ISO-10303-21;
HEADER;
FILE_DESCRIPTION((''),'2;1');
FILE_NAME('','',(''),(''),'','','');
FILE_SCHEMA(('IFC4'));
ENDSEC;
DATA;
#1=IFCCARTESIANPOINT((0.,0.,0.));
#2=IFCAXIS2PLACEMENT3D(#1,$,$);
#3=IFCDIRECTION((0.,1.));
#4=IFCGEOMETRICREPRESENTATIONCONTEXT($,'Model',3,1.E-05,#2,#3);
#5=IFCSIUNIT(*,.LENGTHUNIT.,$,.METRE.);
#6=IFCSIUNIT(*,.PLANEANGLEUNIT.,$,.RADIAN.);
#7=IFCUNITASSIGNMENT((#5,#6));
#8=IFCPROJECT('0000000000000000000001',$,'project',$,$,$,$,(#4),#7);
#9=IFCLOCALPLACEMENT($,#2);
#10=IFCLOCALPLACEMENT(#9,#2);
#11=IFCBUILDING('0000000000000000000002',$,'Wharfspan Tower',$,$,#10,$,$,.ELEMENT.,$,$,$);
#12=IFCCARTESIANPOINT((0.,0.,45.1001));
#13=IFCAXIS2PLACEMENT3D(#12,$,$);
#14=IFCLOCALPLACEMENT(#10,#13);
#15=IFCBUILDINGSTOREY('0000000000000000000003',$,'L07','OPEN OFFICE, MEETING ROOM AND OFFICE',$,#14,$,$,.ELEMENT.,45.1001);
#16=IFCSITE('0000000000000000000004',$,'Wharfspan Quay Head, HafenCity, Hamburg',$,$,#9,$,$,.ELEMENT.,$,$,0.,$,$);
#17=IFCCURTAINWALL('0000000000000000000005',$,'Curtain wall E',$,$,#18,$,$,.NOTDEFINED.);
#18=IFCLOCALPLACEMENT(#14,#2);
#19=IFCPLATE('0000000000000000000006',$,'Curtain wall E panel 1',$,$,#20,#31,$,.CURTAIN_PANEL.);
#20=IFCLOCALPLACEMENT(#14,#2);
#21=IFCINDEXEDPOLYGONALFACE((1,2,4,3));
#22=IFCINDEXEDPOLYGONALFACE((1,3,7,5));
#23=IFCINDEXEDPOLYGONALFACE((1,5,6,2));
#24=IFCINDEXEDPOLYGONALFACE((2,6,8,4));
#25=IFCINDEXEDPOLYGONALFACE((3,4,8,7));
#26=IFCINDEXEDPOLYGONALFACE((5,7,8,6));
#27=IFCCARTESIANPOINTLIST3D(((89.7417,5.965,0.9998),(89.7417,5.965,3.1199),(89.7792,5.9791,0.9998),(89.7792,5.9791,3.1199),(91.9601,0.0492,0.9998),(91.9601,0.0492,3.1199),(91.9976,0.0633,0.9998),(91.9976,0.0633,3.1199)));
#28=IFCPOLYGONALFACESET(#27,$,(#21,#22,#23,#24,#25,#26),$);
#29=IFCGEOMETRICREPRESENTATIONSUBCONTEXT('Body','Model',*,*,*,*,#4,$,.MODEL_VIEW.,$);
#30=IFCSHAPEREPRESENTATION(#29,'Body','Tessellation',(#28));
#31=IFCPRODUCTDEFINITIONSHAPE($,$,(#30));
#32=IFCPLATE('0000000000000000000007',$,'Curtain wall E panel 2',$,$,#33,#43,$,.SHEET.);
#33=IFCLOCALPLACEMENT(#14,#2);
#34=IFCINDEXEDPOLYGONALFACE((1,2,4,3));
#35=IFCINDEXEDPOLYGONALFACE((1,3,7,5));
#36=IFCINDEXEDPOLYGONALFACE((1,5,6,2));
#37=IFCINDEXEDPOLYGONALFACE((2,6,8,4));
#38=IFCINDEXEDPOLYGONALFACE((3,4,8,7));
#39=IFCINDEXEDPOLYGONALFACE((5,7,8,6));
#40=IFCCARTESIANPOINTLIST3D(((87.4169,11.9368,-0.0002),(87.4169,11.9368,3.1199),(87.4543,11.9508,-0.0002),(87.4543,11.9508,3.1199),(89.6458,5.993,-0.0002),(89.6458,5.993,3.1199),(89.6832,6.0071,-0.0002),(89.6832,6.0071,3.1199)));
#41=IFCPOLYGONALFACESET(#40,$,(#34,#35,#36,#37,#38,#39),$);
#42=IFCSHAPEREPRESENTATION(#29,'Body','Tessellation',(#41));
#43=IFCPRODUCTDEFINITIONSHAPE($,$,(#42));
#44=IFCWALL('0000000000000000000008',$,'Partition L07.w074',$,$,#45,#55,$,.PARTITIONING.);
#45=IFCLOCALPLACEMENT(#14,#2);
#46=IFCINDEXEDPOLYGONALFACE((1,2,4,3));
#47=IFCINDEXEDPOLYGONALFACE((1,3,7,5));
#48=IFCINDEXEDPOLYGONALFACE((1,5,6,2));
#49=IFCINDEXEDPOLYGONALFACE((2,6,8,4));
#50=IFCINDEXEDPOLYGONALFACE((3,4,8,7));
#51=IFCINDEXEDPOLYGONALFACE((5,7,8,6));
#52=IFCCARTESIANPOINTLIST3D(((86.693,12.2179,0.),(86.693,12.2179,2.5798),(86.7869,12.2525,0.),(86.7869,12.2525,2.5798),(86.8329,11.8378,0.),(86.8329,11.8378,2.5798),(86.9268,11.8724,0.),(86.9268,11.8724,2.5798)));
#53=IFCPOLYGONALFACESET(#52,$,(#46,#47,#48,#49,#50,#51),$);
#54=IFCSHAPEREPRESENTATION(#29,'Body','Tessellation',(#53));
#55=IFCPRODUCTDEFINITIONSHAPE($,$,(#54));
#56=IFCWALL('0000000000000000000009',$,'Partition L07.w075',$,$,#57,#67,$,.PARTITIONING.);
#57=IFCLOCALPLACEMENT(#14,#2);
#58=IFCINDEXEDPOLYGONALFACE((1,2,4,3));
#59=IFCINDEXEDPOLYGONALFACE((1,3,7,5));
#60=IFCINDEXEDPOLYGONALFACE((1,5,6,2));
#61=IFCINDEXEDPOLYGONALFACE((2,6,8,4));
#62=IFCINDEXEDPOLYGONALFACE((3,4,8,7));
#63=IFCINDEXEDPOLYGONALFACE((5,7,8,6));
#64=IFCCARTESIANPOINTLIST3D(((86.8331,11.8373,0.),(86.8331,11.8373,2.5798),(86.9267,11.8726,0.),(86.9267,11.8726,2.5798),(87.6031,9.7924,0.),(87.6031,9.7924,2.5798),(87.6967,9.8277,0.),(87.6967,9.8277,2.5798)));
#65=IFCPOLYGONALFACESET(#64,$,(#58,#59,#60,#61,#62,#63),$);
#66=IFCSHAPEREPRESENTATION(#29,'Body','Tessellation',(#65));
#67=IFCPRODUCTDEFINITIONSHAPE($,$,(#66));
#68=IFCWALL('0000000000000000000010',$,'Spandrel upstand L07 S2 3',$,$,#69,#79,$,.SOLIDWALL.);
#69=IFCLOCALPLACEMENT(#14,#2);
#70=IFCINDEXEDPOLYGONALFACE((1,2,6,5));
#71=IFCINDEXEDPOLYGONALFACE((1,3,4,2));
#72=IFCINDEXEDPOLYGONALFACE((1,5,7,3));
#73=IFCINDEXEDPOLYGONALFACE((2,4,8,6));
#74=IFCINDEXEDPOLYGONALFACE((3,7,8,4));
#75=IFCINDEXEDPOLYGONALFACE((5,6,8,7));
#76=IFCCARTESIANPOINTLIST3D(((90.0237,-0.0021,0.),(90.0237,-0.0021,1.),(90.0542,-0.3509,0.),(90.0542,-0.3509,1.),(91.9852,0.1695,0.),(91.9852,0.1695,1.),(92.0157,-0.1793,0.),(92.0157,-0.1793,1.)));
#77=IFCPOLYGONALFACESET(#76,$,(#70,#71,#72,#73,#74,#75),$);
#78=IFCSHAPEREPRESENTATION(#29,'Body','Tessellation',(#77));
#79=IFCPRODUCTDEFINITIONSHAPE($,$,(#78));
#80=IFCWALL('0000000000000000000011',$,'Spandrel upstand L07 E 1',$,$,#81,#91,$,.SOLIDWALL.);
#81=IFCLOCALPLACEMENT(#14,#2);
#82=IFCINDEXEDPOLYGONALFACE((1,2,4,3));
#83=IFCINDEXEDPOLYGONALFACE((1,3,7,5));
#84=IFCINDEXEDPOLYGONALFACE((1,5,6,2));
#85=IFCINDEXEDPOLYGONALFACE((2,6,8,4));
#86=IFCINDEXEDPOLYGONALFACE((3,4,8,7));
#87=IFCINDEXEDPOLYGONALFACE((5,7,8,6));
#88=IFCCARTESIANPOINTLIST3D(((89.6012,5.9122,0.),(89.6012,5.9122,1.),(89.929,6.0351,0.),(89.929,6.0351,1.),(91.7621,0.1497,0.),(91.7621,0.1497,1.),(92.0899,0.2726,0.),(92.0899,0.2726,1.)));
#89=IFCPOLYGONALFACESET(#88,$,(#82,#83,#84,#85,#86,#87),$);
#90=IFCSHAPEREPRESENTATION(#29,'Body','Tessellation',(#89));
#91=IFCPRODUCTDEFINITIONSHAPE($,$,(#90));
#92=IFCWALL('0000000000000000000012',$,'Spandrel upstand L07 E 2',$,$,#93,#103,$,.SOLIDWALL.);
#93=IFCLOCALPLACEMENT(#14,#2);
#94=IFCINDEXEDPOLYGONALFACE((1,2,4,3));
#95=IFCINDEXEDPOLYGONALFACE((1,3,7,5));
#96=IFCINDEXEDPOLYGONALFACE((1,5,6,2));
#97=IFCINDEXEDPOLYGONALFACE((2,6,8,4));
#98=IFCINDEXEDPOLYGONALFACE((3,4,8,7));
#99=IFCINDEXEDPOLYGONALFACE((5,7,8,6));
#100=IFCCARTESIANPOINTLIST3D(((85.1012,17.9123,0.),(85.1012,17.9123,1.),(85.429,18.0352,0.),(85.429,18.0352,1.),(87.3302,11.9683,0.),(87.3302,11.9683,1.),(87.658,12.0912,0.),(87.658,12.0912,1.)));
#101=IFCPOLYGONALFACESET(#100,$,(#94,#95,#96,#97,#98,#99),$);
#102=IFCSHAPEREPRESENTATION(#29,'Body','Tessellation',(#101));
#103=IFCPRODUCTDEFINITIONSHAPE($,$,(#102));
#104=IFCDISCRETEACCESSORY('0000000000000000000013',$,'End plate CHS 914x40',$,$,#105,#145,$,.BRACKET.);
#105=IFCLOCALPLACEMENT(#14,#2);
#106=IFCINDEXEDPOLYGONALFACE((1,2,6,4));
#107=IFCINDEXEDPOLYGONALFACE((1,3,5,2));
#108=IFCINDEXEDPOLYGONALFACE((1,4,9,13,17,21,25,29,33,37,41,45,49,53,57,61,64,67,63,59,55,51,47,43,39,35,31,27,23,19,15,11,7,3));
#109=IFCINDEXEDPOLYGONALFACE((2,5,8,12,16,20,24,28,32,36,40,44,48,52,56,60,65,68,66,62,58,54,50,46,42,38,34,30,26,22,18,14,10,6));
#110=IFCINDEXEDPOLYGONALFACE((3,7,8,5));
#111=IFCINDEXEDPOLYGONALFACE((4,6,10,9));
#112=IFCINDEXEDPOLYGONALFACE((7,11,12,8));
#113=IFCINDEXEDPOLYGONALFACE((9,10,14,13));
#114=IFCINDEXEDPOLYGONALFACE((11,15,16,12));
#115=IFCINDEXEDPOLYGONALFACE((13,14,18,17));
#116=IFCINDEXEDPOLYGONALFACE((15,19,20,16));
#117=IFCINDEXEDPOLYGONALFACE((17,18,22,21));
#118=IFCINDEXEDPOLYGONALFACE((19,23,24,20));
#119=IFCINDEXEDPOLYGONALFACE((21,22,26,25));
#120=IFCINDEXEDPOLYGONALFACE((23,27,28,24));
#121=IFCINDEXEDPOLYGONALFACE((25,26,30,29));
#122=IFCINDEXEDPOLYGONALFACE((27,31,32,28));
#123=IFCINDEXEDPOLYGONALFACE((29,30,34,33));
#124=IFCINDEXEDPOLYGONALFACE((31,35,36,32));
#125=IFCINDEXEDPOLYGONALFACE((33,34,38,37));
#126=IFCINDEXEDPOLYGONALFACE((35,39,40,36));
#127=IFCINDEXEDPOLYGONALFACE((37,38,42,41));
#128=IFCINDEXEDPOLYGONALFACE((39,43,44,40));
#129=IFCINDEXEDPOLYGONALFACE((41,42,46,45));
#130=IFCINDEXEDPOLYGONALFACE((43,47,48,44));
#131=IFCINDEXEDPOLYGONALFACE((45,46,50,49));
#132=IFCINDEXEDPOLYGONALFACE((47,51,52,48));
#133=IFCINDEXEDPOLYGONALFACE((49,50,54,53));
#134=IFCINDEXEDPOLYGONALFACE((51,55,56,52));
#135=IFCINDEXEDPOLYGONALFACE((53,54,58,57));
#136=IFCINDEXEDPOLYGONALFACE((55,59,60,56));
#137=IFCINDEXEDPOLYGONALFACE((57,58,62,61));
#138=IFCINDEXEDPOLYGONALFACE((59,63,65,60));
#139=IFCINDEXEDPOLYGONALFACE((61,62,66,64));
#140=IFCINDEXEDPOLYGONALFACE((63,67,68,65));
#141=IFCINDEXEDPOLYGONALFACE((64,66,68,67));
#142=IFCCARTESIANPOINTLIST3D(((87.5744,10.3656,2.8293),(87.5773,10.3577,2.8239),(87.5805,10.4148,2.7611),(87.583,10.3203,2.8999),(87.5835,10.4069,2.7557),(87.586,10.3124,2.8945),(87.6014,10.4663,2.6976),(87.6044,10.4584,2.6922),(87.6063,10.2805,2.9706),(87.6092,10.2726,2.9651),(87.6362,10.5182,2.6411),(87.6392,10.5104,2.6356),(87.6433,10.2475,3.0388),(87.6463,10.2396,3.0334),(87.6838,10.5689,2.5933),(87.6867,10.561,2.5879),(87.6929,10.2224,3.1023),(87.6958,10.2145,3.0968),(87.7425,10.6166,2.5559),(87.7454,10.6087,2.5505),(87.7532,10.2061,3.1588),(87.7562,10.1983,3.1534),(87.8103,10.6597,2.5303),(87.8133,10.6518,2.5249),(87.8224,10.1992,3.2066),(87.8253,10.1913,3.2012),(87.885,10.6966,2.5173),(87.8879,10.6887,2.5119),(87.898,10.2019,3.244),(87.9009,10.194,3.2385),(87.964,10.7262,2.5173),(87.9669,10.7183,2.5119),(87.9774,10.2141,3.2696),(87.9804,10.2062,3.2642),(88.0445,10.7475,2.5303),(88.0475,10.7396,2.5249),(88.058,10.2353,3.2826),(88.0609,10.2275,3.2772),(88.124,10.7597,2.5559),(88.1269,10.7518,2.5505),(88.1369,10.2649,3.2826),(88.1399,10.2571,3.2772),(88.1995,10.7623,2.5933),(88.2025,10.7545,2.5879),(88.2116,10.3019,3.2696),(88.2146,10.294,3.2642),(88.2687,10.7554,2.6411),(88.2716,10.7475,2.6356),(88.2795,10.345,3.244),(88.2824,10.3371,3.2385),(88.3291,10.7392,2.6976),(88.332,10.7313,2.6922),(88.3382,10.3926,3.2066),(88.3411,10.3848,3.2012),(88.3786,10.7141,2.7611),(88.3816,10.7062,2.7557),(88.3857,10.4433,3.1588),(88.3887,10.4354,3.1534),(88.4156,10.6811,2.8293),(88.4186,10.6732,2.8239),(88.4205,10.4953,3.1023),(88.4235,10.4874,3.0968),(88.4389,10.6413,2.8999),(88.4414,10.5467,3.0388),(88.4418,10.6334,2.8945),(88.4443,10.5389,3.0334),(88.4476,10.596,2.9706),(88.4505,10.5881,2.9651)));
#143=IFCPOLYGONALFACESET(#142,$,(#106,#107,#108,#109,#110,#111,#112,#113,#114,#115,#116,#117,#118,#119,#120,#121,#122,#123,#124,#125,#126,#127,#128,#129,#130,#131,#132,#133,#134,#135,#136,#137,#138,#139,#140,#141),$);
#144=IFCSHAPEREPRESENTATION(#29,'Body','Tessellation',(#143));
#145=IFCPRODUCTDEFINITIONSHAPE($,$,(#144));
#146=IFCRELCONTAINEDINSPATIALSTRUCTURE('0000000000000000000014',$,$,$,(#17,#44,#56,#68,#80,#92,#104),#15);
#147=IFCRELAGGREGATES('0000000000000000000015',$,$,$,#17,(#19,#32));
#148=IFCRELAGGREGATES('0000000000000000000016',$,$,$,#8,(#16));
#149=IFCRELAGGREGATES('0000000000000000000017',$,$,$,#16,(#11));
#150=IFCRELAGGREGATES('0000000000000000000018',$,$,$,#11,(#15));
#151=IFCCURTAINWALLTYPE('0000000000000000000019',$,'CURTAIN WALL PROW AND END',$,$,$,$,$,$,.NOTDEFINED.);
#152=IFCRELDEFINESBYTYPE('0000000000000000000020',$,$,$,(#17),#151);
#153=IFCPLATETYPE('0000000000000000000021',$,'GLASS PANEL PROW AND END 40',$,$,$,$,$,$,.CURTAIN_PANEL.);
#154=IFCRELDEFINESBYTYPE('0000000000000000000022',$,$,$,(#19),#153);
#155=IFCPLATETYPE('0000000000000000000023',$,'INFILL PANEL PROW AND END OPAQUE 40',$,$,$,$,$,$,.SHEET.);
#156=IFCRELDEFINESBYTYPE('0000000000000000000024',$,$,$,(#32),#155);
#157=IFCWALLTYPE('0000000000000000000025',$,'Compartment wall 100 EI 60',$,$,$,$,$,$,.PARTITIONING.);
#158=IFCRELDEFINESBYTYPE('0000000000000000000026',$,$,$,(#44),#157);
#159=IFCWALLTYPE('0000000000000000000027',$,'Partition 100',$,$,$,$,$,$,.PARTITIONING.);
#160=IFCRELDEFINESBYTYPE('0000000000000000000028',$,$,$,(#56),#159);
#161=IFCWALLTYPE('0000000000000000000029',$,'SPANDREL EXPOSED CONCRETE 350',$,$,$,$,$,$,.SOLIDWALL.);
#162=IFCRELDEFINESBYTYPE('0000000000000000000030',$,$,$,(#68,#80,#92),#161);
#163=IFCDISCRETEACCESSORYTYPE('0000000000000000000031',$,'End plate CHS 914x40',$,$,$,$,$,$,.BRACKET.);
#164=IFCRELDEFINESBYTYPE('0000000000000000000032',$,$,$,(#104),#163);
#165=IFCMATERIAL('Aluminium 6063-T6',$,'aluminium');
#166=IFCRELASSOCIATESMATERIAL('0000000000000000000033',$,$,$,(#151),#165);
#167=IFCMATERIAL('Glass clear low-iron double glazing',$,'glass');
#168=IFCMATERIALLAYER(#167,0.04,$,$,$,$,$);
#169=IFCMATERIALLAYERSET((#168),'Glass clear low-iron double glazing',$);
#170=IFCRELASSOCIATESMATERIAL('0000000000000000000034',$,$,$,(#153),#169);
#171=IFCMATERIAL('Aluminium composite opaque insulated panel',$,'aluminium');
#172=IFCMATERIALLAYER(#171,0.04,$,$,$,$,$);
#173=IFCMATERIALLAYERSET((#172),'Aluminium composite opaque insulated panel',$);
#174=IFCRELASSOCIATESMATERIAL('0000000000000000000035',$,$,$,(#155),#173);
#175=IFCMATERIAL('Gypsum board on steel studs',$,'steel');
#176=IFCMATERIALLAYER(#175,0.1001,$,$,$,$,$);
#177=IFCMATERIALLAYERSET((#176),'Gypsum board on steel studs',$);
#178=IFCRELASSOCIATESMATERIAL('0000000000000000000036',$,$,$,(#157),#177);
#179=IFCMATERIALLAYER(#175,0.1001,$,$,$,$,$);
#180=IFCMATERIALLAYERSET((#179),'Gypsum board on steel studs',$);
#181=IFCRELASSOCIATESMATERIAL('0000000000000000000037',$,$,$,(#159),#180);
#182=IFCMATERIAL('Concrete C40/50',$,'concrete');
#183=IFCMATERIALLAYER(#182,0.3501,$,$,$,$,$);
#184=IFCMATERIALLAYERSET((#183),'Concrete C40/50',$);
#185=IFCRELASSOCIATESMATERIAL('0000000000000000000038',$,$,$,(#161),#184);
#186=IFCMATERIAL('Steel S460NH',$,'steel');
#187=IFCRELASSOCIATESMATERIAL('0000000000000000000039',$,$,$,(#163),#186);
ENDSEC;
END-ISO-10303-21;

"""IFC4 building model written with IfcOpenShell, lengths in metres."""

from ifc_helpers import new_model, si_unit, direction, frame, frame_2d, origin, origin_2d, place, context, subcontext, project, spatial, rectangle, circle, extrude, material, layer, layer_set, material_profile, profile_set, type_object, element, aggregate, save


model = new_model("IFC4")

# Units and contexts
model_context = context("Model", 3, precision=1e-05, world=origin(), true_north=direction((0.0, 1.0)))
body_context = subcontext(model_context, "Body", "Model", "MODEL_VIEW")
ifc_project = project(units=[si_unit("LENGTHUNIT", "METRE"), si_unit("PLANEANGLEUNIT", "RADIAN")], contexts=[model_context])

# Site, building, storey
site_placement = place(None, origin())
site = spatial("IfcSite", under=ifc_project, at=site_placement, Name="Wharfspan Quay Head, HafenCity, Hamburg", CompositionType="ELEMENT", RefElevation=0.0)
building_placement = place(site_placement, origin())
building = spatial("IfcBuilding", under=site, at=building_placement, Name="Wharfspan Tower", CompositionType="ELEMENT")
storey_placement = place(building_placement, frame((0.0, 0.0, 45.1001)))
storey = spatial("IfcBuildingStorey", under=building, at=storey_placement, Name="L07", Description="OPEN OFFICE, MEETING ROOM AND OFFICE", CompositionType="ELEMENT", Elevation=45.1001)

# Curtain wall
ifc_material_1 = material(Name="Aluminium 6063-T6", Category="aluminium")
curtain_wall_type_1 = type_object("IfcCurtainWallType", Name="CURTAIN WALL PROW AND END", PredefinedType="NOTDEFINED", material=ifc_material_1)
curtain_wall_1_placement = place(storey_placement, origin())
curtain_wall_1 = element("IfcCurtainWall", 1, at=curtain_wall_1_placement, inside=storey, type_object=curtain_wall_type_1, Name="Curtain wall E", PredefinedType="NOTDEFINED")

# Shared definitions
ifc_material_2 = material(Name="Steel S460NH", Category="steel")

# Plates
ifc_material_3 = material(Name="Glass clear low-iron double glazing", Category="glass")
ifc_layer_1 = layer(ifc_material_3, 0.04)
ifc_layer_set_1 = layer_set([ifc_layer_1], Name="Glass clear low-iron double glazing")
plate_type_1 = type_object("IfcPlateType", Name="GLASS PANEL PROW AND END 40", PredefinedType="CURTAIN_PANEL", material=ifc_layer_set_1)
plate_1_placement = place(storey_placement, frame((90.8696, 3.0142, 0.9998), z_axis=(0.0, 0.0, 1.0), x_axis=(-0.351123, 0.936328, 0.0)))
plate_1 = element("IfcPlate", 2, at=plate_1_placement, type_object=plate_type_1, Name="Curtain wall E panel 1", PredefinedType="CURTAIN_PANEL", context=body_context, shape_type="SweptSolid", body=[
    extrude(rectangle(XDim=6.3181, YDim=0.04, at=origin_2d()), origin(), (0.0, 0.0, 1.0), 2.1201),
])
ifc_material_4 = material(Name="Aluminium composite opaque insulated panel", Category="aluminium")
ifc_layer_2 = layer(ifc_material_4, 0.04)
ifc_layer_set_2 = layer_set([ifc_layer_2], Name="Aluminium composite opaque insulated panel")
plate_type_2 = type_object("IfcPlateType", Name="INFILL PANEL PROW AND END OPAQUE 40", PredefinedType="SHEET", material=ifc_layer_set_2)
plate_2_placement = place(storey_placement, frame((88.55, 8.9719, -0.0002), z_axis=(0.0, 0.0, 1.0), x_axis=(-0.351123, 0.936328, 0.0)))
plate_2 = element("IfcPlate", 3, at=plate_2_placement, type_object=plate_type_2, Name="Curtain wall E panel 2", PredefinedType="SHEET", context=body_context, shape_type="SweptSolid", body=[
    extrude(rectangle(XDim=6.3479, YDim=0.04, at=origin_2d()), origin(), (0.0, 0.0, 1.0), 3.1201),
])
aggregate(curtain_wall_1, [plate_1, plate_2])

# Walls
ifc_material_5 = material(Name="Gypsum board on steel studs", Category="steel")
ifc_layer_3 = layer(ifc_material_5, 0.1001)
ifc_layer_set_3 = layer_set([ifc_layer_3], Name="Gypsum board on steel studs")
wall_type_1 = type_object("IfcWallType", Name="Compartment wall 100 EI 60", PredefinedType="PARTITIONING", material=ifc_layer_set_3)
wall_1_placement = place(storey_placement, frame((86.8799, 11.855, 0.0), z_axis=(0.0, 0.0, 1.0), x_axis=(-0.34537, 0.938466, 0.0)))
element("IfcWall", 4, at=wall_1_placement, inside=storey, type_object=wall_type_1, Name="Partition L07.w074", PredefinedType="PARTITIONING", context=body_context, shape_type="SweptSolid", body=[
    extrude(rectangle(XDim=0.405, YDim=0.1001, at=frame_2d((0.2026, 0.0))), origin(), (0.0, 0.0, 1.0), 2.5798),
])
ifc_layer_4 = layer(ifc_material_5, 0.1001)
ifc_layer_set_4 = layer_set([ifc_layer_4], Name="Gypsum board on steel studs")
wall_type_2 = type_object("IfcWallType", Name="Partition 100", PredefinedType="PARTITIONING", material=ifc_layer_set_4)
wall_2_placement = place(storey_placement, frame((87.6499, 9.8101, 0.0), z_axis=(0.0, 0.0, 1.0), x_axis=(-0.352397, 0.935852, 0.0)))
element("IfcWall", 5, at=wall_2_placement, inside=storey, type_object=wall_type_2, Name="Partition L07.w075", PredefinedType="PARTITIONING", context=body_context, shape_type="SweptSolid", body=[
    extrude(rectangle(XDim=2.1851, YDim=0.1001, at=frame_2d((1.0925, 0.0))), origin(), (0.0, 0.0, 1.0), 2.5798),
])
ifc_material_6 = material(Name="Concrete C40/50", Category="concrete")
ifc_layer_5 = layer(ifc_material_6, 0.3501)
ifc_layer_set_5 = layer_set([ifc_layer_5], Name="Concrete C40/50")
wall_type_3 = type_object("IfcWallType", Name="SPANDREL EXPOSED CONCRETE 350", PredefinedType="SOLIDWALL", material=ifc_layer_set_5)
wall_3_placement = place(storey_placement, frame((90.0391, -0.1765, 0.0), z_axis=(0.0, 0.0, 1.0), x_axis=(0.996193, 0.08717, 0.0)))
element("IfcWall", 6, at=wall_3_placement, inside=storey, type_object=wall_type_3, Name="Spandrel upstand L07 S2 3", PredefinedType="SOLIDWALL", context=body_context, shape_type="SweptSolid", body=[
    extrude(rectangle(XDim=1.969, YDim=0.3501, at=frame_2d((0.9844, 0.0))), origin(), (0.0, 0.0, 1.0), 1.0),
])
wall_4_placement = place(storey_placement, frame((91.926, 0.2112, 0.0), z_axis=(0.0, 0.0, 1.0), x_axis=(-0.351118, 0.936328, 0.0)))
element("IfcWall", 7, at=wall_4_placement, inside=storey, type_object=wall_type_3, Name="Spandrel upstand L07 E 1", PredefinedType="SOLIDWALL", context=body_context, shape_type="SweptSolid", body=[
    extrude(rectangle(XDim=6.1543, YDim=0.3501, at=frame_2d((3.0771, 0.0))), origin(), (0.0, 0.0, 1.0), 1.0),
])
wall_5_placement = place(storey_placement, frame((87.4941, 12.0298, 0.0), z_axis=(0.0, 0.0, 1.0), x_axis=(-0.351133, 0.936329, 0.0)))
element("IfcWall", 8, at=wall_5_placement, inside=storey, type_object=wall_type_3, Name="Spandrel upstand L07 E 2", PredefinedType="SOLIDWALL", context=body_context, shape_type="SweptSolid", body=[
    extrude(rectangle(XDim=6.3481, YDim=0.3501, at=frame_2d((3.1741, 0.0))), origin(), (0.0, 0.0, 1.0), 1.0),
])

# Discrete accessory
ifc_material_profile_1 = material_profile(ifc_material_2, circle(Radius=0.457, at=origin_2d()))
ifc_profile_set_1 = profile_set([ifc_material_profile_1], Name="Steel S460NH")
discrete_accessory_type = type_object("IfcDiscreteAccessoryType", Name="End plate CHS 914x40", PredefinedType="BRACKET", material=ifc_profile_set_1)
discrete_accessory_placement = place(storey_placement, frame((88.0139, 10.4729, 2.8945), z_axis=(-0.295241, 0.787309, 0.541275), x_axis=(-0.936333, -0.351125, 0.0)))
element("IfcDiscreteAccessory", 9, at=discrete_accessory_placement, inside=storey, type_object=discrete_accessory_type, Name="End plate CHS 914x40", PredefinedType="BRACKET", context=body_context, shape_type="SweptSolid", body=[
    extrude(circle(Radius=0.457, at=origin_2d()), origin(), (0.0, 0.0, 1.0), 0.01),
])

save(model, "model.ifc")
